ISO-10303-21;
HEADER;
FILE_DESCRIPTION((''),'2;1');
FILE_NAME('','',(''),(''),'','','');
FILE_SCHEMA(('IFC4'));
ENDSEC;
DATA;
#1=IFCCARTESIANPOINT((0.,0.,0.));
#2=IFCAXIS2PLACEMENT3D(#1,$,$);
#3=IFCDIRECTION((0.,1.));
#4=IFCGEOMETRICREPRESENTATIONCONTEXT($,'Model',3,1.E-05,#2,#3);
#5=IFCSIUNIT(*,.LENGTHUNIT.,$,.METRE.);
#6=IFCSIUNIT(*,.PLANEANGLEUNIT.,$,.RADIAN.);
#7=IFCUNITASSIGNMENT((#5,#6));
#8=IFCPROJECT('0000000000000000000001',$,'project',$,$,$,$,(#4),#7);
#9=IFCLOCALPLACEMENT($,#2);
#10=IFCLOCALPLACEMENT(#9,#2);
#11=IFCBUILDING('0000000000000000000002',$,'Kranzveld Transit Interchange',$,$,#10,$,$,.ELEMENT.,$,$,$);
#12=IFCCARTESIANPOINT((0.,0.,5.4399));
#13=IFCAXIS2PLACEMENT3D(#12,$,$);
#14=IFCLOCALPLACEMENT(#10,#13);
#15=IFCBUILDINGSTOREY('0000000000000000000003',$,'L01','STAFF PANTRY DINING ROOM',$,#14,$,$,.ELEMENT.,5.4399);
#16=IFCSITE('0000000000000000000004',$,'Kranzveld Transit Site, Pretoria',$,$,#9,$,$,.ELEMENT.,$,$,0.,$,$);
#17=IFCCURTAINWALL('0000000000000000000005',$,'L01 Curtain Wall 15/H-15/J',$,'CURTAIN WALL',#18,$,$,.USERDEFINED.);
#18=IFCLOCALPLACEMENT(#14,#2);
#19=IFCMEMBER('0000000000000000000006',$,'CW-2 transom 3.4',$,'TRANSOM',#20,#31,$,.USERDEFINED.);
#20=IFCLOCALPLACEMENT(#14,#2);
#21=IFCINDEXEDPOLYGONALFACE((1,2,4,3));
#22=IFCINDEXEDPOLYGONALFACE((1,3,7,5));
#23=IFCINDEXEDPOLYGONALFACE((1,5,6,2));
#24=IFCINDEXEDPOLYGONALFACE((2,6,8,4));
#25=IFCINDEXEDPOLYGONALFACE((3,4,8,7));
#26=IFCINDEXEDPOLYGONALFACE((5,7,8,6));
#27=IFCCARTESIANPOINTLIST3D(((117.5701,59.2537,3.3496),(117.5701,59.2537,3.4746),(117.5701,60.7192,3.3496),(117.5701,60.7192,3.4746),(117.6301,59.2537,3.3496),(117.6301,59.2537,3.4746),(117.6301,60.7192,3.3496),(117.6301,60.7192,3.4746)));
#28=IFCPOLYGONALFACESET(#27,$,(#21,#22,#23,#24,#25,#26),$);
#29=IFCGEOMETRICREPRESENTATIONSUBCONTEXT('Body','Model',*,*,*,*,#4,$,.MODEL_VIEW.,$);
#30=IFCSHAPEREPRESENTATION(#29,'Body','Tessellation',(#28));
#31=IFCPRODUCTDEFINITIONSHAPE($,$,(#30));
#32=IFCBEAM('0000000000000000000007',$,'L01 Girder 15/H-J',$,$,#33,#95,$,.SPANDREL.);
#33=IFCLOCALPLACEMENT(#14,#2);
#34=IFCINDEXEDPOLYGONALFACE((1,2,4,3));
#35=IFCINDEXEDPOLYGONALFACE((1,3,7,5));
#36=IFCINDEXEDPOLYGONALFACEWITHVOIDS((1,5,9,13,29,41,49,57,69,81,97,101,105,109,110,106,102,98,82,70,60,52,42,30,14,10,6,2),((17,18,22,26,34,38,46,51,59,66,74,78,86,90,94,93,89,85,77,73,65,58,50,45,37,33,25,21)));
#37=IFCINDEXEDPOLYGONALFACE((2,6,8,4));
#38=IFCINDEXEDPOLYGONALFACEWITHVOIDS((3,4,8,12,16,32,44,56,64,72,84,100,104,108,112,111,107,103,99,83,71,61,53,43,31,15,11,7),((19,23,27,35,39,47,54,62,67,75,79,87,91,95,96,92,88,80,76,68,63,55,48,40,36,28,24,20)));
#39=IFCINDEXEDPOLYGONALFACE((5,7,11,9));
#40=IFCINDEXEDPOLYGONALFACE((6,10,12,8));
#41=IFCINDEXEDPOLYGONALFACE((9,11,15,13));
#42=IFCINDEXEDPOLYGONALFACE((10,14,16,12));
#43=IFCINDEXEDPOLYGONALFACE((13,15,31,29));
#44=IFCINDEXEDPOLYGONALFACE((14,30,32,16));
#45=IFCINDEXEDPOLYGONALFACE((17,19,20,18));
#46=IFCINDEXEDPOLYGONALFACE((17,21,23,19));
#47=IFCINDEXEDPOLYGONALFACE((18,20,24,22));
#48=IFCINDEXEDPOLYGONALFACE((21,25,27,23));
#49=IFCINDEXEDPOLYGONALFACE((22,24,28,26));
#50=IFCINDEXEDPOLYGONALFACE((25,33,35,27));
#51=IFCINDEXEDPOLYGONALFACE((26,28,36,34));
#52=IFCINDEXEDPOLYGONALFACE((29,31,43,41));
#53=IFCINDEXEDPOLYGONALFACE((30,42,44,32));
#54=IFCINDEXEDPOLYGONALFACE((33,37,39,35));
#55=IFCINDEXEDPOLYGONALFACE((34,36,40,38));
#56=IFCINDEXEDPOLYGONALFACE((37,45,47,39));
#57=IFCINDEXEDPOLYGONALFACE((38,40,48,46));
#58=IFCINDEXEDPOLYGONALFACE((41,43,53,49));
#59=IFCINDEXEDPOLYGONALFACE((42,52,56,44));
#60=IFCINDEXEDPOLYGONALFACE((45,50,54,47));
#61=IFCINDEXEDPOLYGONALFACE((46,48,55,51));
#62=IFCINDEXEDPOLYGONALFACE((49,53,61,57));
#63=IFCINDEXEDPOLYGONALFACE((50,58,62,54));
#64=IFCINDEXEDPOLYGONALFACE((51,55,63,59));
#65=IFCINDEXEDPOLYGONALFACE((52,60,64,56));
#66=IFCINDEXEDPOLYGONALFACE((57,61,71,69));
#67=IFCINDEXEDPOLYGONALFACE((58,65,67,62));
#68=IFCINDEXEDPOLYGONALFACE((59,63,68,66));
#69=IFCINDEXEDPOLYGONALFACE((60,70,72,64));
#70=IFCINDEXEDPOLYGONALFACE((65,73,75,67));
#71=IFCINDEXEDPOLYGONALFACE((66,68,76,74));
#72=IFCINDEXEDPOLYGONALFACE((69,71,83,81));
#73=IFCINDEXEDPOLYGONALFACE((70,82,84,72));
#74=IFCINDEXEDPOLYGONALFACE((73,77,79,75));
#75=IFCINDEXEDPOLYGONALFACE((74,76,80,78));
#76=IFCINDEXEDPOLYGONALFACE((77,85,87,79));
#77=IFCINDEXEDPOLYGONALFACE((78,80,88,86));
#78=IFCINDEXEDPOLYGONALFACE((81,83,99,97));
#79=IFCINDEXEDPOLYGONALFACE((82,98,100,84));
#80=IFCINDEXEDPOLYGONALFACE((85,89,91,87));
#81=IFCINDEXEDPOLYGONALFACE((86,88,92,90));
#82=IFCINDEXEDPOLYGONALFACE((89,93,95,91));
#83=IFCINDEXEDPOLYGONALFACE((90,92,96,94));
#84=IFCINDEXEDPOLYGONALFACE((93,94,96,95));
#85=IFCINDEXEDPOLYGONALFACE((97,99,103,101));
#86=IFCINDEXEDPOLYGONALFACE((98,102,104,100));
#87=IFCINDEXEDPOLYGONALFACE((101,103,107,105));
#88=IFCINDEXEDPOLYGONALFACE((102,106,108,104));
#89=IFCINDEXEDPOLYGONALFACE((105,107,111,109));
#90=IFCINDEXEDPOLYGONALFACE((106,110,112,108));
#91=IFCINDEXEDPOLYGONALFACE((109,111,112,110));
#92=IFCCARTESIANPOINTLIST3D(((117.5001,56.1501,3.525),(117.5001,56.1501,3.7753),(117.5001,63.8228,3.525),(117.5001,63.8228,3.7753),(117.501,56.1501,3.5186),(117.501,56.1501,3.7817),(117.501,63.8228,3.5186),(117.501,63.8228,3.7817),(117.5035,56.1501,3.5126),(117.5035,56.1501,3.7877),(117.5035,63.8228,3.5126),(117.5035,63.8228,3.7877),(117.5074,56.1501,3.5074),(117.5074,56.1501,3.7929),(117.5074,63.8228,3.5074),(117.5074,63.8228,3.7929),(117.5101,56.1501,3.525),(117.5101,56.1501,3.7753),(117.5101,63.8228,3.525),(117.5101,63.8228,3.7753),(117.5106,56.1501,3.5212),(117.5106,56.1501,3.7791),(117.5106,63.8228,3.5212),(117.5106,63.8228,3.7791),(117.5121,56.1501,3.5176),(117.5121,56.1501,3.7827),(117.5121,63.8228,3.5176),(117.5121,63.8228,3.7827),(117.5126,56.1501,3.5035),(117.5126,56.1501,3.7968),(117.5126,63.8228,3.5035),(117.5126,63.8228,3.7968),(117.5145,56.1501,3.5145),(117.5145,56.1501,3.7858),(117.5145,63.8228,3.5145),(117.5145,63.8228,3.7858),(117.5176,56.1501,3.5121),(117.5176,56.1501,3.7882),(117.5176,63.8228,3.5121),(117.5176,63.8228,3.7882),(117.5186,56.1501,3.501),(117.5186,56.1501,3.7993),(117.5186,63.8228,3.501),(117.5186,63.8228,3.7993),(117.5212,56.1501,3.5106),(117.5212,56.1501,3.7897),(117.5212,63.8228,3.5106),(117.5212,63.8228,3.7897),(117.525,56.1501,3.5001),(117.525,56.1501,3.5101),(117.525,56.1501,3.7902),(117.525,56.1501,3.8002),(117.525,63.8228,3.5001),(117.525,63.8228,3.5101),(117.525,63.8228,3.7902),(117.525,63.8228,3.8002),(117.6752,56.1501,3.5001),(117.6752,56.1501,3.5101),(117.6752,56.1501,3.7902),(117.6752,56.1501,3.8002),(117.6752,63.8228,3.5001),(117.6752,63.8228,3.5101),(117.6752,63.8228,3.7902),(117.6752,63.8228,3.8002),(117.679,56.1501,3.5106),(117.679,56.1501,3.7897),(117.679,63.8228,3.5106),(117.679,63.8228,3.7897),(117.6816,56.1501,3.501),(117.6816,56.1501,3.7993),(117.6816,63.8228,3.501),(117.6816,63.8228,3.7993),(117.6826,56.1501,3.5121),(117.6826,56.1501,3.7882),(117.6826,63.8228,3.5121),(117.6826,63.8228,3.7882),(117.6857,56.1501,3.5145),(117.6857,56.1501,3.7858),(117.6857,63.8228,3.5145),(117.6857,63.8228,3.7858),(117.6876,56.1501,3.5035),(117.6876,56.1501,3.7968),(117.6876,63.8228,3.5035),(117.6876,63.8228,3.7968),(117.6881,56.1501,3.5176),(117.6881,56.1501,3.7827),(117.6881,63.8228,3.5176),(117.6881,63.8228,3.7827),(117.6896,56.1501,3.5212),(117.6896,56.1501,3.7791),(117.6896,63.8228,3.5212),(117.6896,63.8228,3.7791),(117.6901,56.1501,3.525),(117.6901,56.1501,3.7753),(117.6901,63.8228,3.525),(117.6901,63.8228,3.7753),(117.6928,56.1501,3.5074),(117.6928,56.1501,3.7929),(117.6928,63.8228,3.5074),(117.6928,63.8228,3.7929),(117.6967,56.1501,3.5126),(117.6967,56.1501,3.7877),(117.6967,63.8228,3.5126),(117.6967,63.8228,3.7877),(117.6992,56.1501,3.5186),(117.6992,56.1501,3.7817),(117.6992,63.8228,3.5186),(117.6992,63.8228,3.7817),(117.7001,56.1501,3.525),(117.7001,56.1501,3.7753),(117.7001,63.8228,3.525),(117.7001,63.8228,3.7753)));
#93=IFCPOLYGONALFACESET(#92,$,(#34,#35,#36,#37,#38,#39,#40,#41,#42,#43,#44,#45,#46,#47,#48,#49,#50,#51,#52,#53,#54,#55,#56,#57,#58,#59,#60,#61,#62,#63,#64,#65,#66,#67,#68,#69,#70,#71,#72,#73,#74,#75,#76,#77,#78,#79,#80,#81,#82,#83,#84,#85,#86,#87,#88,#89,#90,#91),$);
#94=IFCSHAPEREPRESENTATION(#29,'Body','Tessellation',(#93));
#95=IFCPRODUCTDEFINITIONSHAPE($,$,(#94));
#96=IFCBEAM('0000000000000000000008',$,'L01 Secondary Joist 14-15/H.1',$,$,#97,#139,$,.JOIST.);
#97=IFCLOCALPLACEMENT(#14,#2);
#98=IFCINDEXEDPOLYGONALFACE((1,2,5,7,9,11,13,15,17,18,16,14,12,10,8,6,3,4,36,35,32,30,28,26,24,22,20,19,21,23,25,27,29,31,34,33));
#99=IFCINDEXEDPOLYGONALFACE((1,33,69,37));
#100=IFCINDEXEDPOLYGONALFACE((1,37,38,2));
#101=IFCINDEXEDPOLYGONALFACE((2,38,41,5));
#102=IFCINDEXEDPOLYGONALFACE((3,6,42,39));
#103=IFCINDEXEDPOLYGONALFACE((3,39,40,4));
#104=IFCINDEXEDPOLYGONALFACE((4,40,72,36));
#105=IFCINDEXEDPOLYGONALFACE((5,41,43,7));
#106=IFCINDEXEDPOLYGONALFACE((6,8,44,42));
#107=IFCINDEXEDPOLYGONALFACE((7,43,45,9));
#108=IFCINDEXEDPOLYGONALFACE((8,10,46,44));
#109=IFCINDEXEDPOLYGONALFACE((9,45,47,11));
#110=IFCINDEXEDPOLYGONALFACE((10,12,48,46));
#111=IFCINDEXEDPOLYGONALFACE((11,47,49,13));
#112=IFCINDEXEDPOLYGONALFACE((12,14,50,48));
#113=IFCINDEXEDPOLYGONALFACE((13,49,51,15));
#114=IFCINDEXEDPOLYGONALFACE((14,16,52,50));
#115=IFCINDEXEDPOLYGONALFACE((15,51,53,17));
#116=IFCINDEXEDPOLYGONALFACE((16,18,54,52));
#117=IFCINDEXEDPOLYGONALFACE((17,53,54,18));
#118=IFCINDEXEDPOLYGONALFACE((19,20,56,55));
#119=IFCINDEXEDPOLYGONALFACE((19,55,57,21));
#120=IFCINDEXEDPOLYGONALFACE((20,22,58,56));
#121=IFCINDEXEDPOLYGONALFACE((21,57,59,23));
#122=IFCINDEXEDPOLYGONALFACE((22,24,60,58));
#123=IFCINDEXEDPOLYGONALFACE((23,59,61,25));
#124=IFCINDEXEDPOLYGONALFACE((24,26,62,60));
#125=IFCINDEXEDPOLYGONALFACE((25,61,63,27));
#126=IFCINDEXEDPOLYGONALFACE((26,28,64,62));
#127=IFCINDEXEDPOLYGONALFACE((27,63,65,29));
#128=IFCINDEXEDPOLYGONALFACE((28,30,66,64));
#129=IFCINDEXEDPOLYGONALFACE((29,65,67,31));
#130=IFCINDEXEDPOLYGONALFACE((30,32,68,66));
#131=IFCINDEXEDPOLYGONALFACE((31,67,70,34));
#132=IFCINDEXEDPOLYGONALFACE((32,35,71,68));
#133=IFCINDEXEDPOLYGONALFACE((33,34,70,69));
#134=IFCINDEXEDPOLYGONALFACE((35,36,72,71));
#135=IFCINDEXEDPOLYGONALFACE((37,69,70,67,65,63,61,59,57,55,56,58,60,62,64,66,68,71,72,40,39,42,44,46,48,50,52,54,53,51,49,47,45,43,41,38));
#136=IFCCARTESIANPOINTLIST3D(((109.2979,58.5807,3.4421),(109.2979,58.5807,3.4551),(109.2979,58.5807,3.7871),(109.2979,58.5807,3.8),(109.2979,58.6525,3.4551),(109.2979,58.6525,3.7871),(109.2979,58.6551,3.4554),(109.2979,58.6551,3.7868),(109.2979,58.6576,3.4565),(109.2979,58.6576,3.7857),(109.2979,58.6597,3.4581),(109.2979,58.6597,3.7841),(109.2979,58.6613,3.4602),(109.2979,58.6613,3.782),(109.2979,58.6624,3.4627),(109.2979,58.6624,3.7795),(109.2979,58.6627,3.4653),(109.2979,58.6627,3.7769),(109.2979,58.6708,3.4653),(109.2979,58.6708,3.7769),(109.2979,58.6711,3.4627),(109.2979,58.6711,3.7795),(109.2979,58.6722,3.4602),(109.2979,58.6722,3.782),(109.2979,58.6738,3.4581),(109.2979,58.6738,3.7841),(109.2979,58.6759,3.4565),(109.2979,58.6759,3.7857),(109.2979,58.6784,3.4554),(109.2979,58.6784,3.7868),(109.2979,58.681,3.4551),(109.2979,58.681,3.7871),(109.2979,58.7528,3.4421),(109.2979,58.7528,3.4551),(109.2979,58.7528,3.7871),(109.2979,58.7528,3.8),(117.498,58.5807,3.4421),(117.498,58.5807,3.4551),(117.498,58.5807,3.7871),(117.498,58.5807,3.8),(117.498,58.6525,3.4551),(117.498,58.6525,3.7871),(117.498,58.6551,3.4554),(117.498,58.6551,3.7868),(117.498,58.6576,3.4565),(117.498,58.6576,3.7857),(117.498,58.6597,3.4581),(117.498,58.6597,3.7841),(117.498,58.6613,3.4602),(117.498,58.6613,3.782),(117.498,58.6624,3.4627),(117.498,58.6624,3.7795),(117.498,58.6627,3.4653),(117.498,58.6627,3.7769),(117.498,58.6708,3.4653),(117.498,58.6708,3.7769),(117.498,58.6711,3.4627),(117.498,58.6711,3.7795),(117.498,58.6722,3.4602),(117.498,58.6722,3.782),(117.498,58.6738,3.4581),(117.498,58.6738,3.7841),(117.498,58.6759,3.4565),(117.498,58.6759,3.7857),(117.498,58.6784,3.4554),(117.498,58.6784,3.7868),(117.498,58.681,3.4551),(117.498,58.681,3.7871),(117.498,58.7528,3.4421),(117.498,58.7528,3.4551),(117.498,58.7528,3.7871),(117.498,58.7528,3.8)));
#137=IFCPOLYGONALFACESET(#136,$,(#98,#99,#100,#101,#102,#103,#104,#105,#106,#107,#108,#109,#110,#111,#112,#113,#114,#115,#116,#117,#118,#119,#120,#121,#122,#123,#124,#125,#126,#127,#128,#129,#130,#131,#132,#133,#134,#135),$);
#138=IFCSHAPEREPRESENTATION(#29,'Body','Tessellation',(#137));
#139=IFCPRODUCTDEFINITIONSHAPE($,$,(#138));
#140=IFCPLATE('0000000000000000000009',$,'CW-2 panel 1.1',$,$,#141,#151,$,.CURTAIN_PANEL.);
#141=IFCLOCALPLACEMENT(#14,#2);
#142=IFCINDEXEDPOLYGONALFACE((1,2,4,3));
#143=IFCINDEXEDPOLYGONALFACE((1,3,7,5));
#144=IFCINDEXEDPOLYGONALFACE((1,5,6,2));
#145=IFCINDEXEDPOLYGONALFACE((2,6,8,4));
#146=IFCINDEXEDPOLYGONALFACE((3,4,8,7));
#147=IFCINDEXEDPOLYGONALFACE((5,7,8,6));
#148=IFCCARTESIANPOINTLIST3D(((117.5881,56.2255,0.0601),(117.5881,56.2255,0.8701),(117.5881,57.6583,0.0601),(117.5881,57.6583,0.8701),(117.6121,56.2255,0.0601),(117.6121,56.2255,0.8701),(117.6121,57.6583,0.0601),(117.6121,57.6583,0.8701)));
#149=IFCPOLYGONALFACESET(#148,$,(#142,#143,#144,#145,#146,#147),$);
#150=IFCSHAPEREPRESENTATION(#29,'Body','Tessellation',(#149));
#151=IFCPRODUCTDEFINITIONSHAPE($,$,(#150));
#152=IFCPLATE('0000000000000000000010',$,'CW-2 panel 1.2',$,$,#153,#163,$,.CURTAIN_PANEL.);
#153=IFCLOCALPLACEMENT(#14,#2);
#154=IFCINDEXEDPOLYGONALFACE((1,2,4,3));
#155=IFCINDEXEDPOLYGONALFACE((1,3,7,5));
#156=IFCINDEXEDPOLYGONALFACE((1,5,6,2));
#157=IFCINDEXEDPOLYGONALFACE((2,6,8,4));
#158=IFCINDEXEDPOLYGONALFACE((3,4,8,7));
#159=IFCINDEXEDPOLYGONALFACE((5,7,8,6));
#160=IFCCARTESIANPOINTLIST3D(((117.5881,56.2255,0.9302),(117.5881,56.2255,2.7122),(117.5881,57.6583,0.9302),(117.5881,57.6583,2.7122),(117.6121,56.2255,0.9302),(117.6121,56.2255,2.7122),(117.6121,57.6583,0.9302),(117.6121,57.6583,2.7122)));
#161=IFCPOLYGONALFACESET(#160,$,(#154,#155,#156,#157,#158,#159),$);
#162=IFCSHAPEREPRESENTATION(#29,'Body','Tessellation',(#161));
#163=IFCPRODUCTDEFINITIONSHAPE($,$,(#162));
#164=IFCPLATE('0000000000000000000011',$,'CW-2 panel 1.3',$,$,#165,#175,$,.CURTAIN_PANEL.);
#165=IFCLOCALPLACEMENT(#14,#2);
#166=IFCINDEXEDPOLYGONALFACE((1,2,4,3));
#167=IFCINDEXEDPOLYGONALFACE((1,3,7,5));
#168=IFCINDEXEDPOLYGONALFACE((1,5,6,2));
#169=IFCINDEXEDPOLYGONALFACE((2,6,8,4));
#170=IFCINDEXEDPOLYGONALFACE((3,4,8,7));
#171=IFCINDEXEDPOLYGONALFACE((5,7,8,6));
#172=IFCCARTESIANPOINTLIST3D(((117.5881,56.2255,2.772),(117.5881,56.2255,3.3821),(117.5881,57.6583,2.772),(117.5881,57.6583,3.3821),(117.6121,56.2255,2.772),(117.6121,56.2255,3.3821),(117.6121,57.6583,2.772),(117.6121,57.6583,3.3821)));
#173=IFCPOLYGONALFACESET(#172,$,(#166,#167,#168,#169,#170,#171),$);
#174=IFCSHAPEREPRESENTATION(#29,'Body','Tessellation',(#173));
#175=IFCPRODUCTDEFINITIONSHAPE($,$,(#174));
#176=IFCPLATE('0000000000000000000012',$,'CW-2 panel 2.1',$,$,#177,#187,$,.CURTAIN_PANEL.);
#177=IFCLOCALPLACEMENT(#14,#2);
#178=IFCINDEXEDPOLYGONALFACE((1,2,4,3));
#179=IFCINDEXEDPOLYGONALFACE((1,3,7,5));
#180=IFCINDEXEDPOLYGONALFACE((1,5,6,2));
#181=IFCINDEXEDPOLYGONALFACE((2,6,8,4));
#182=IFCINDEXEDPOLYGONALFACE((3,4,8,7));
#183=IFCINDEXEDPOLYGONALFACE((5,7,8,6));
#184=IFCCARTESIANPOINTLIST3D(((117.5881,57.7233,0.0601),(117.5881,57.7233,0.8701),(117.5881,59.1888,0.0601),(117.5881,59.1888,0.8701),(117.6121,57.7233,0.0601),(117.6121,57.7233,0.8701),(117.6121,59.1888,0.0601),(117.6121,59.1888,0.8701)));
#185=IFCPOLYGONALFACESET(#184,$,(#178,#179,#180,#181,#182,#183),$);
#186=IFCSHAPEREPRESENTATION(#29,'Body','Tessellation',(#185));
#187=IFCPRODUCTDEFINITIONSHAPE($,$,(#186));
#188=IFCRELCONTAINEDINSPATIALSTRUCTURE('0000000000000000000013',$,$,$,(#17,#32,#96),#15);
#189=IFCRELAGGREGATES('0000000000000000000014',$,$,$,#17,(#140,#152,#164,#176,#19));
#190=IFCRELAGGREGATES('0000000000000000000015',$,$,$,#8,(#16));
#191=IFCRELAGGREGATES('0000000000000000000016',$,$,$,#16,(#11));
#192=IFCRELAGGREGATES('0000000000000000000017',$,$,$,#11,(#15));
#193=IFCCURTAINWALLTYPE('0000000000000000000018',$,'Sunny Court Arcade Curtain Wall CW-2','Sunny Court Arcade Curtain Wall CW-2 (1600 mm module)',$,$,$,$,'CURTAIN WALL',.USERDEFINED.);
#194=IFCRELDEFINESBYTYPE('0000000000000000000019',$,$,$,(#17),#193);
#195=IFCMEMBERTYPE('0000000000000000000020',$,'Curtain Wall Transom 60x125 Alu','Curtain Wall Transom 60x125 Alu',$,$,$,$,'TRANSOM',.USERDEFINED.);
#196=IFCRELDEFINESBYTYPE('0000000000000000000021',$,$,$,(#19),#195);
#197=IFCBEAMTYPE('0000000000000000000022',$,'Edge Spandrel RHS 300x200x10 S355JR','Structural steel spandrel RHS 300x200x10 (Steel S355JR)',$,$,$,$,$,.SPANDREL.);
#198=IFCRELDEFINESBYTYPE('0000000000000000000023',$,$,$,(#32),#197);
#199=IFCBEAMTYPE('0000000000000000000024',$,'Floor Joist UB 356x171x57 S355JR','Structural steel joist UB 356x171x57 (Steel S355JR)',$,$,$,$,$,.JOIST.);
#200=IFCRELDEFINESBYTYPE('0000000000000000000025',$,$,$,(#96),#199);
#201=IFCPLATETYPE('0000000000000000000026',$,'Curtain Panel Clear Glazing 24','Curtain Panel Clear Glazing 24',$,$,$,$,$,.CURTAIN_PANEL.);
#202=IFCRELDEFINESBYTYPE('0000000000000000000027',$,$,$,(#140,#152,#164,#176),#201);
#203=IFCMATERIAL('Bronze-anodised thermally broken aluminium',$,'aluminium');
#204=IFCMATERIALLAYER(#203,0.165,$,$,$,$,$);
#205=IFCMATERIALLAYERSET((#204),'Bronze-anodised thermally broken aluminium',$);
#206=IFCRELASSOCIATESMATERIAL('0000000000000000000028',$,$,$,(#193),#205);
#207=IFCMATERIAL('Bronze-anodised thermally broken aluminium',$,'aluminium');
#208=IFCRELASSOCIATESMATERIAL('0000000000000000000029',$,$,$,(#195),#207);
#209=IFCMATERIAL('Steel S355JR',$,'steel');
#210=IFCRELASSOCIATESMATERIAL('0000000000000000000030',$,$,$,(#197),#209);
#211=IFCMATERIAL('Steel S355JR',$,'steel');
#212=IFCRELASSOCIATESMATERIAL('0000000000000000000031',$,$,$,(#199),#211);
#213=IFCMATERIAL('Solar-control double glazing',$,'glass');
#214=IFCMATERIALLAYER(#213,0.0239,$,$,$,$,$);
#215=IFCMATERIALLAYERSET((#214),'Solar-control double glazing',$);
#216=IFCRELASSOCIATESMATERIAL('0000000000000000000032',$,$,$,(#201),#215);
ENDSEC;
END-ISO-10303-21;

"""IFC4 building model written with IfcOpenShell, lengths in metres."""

from ifc_helpers import new_model, si_unit, direction, frame, origin, origin_2d, place, context, subcontext, project, spatial, rectangle, hollow_rectangle, i_section, extrude, material, layer, layer_set, material_profile, profile_set, type_object, element, aggregate, save


model = new_model("IFC4")

# Units and contexts
model_context = context("Model", 3, precision=1e-05, world=origin(), true_north=direction((0.0, 1.0)))
body_context = subcontext(model_context, "Body", "Model", "MODEL_VIEW")
ifc_project = project(units=[si_unit("LENGTHUNIT", "METRE"), si_unit("PLANEANGLEUNIT", "RADIAN")], contexts=[model_context])

# Site, building, storey
site_placement = place(None, origin())
site = spatial("IfcSite", under=ifc_project, at=site_placement, Name="Kranzveld Transit Site, Pretoria", CompositionType="ELEMENT", RefElevation=0.0)
building_placement = place(site_placement, origin())
building = spatial("IfcBuilding", under=site, at=building_placement, Name="Kranzveld Transit Interchange", CompositionType="ELEMENT")
storey_placement = place(building_placement, frame((0.0, 0.0, 5.4399)))
storey = spatial("IfcBuildingStorey", under=building, at=storey_placement, Name="L01", Description="STAFF PANTRY DINING ROOM", CompositionType="ELEMENT", Elevation=5.4399)

# Curtain wall, member
ifc_material_1 = material(Name="Bronze-anodised thermally broken aluminium", Category="aluminium")
ifc_layer_1 = layer(ifc_material_1, 0.165)
ifc_layer_set_1 = layer_set([ifc_layer_1], Name="Bronze-anodised thermally broken aluminium")
curtain_wall_type = type_object("IfcCurtainWallType", Name="Sunny Court Arcade Curtain Wall CW-2", Description="Sunny Court Arcade Curtain Wall CW-2 (1600 mm module)", ElementType="CURTAIN WALL", PredefinedType="USERDEFINED", material=ifc_layer_set_1)
curtain_wall_placement = place(storey_placement, origin())
curtain_wall = element("IfcCurtainWall", 1, at=curtain_wall_placement, inside=storey, type_object=curtain_wall_type, Name="L01 Curtain Wall 15/H-15/J", ObjectType="CURTAIN WALL", PredefinedType="USERDEFINED")
ifc_material_2 = material(Name="Bronze-anodised thermally broken aluminium", Category="aluminium")
ifc_material_profile_1 = material_profile(ifc_material_2, rectangle(XDim=0.0601, YDim=0.125, at=origin_2d()), Name="ALU TRANSOM 60x125")
ifc_profile_set_1 = profile_set([ifc_material_profile_1], Name="Bronze-anodised thermally broken aluminium")
member_type_1 = type_object("IfcMemberType", Name="Curtain Wall Transom 60x125 Alu", Description="Curtain Wall Transom 60x125 Alu", ElementType="TRANSOM", PredefinedType="USERDEFINED", material=ifc_profile_set_1)
member_1_placement = place(storey_placement, frame((117.6001, 59.2537, 3.4121), z_axis=(0.0, 1.0, 0.0), x_axis=(-1.0, 0.0, 0.0)))
member_1 = element("IfcMember", 2, at=member_1_placement, type_object=member_type_1, Name="CW-2 transom 3.4", ObjectType="TRANSOM", PredefinedType="USERDEFINED", context=body_context, shape_type="SweptSolid", body=[
    extrude(rectangle(XDim=0.0601, YDim=0.125, at=origin_2d()), origin(), (0.0, 0.0, 1.0), 1.4656),
])

# Beams
ifc_material_3 = material(Name="Steel S355JR", Category="steel")
ifc_material_profile_2 = material_profile(ifc_material_3, hollow_rectangle(XDim=0.2, YDim=0.3, WallThickness=0.01, InnerFilletRadius=0.0149, OuterFilletRadius=0.0249, at=origin_2d()), Name="RHS 300x200x10")
ifc_profile_set_2 = profile_set([ifc_material_profile_2], Name="Steel S355JR")
beam_type_1 = type_object("IfcBeamType", Name="Edge Spandrel RHS 300x200x10 S355JR", Description="Structural steel spandrel RHS 300x200x10 (Steel S355JR)", PredefinedType="SPANDREL", material=ifc_profile_set_2)
beam_1_placement = place(storey_placement, frame((117.6001, 56.1501, 3.6501), z_axis=(0.0, 1.0, 0.0), x_axis=(-1.0, 0.0, 0.0)))
element("IfcBeam", 3, at=beam_1_placement, inside=storey, type_object=beam_type_1, Name="L01 Girder 15/H-J", PredefinedType="SPANDREL", context=body_context, shape_type="SweptSolid", body=[
    extrude(hollow_rectangle(XDim=0.2, YDim=0.3, WallThickness=0.01, InnerFilletRadius=0.0149, OuterFilletRadius=0.0249, at=origin_2d()), origin(), (0.0, 0.0, 1.0), 7.6726),
])
ifc_material_4 = material(Name="Steel S355JR", Category="steel")
ifc_material_profile_3 = material_profile(ifc_material_4, i_section(OverallWidth=0.1721, OverallDepth=0.3579, WebThickness=0.0081, FlangeThickness=0.0129, FilletRadius=0.0103, at=origin_2d()), Name="UB 356x171x57")
ifc_profile_set_3 = profile_set([ifc_material_profile_3], Name="Steel S355JR")
beam_type_2 = type_object("IfcBeamType", Name="Floor Joist UB 356x171x57 S355JR", Description="Structural steel joist UB 356x171x57 (Steel S355JR)", PredefinedType="JOIST", material=ifc_profile_set_3)
beam_2_placement = place(storey_placement, frame((109.2979, 58.6667, 3.6211), z_axis=(1.0, 0.0, 0.0), x_axis=(0.0, 1.0, 0.0)))
element("IfcBeam", 4, at=beam_2_placement, inside=storey, type_object=beam_type_2, Name="L01 Secondary Joist 14-15/H.1", PredefinedType="JOIST", context=body_context, shape_type="SweptSolid", body=[
    extrude(i_section(OverallWidth=0.1721, OverallDepth=0.3579, WebThickness=0.0081, FlangeThickness=0.0129, FilletRadius=0.0103, at=origin_2d()), origin(), (0.0, 0.0, 1.0), 8.2002),
])

# Plates
ifc_material_5 = material(Name="Solar-control double glazing", Category="glass")
ifc_layer_2 = layer(ifc_material_5, 0.0239)
ifc_layer_set_2 = layer_set([ifc_layer_2], Name="Solar-control double glazing")
plate_type = type_object("IfcPlateType", Name="Curtain Panel Clear Glazing 24", Description="Curtain Panel Clear Glazing 24", PredefinedType="CURTAIN_PANEL", material=ifc_layer_set_2)
plate_1_placement = place(storey_placement, frame((117.6001, 56.9419, 0.0601), z_axis=(0.0, 0.0, 1.0), x_axis=(0.0, 1.0, 0.0)))
plate_1 = element("IfcPlate", 5, at=plate_1_placement, type_object=plate_type, Name="CW-2 panel 1.1", PredefinedType="CURTAIN_PANEL", context=body_context, shape_type="SweptSolid", body=[
    extrude(rectangle(XDim=1.4329, YDim=0.0239, at=origin_2d()), origin(), (0.0, 0.0, 1.0), 0.8101),
])
plate_2_placement = place(storey_placement, frame((117.6001, 56.9419, 0.9302), z_axis=(0.0, 0.0, 1.0), x_axis=(0.0, 1.0, 0.0)))
plate_2 = element("IfcPlate", 6, at=plate_2_placement, type_object=plate_type, Name="CW-2 panel 1.2", PredefinedType="CURTAIN_PANEL", context=body_context, shape_type="SweptSolid", body=[
    extrude(rectangle(XDim=1.4329, YDim=0.0239, at=origin_2d()), origin(), (0.0, 0.0, 1.0), 1.782),
])
plate_3_placement = place(storey_placement, frame((117.6001, 56.9419, 2.772), z_axis=(0.0, 0.0, 1.0), x_axis=(0.0, 1.0, 0.0)))
plate_3 = element("IfcPlate", 7, at=plate_3_placement, type_object=plate_type, Name="CW-2 panel 1.3", PredefinedType="CURTAIN_PANEL", context=body_context, shape_type="SweptSolid", body=[
    extrude(rectangle(XDim=1.4329, YDim=0.0239, at=origin_2d()), origin(), (0.0, 0.0, 1.0), 0.6101),
])
plate_4_placement = place(storey_placement, frame((117.6001, 58.4561, 0.0601), z_axis=(0.0, 0.0, 1.0), x_axis=(0.0, 1.0, 0.0)))
plate_4 = element("IfcPlate", 8, at=plate_4_placement, type_object=plate_type, Name="CW-2 panel 2.1", PredefinedType="CURTAIN_PANEL", context=body_context, shape_type="SweptSolid", body=[
    extrude(rectangle(XDim=1.4656, YDim=0.0239, at=origin_2d()), origin(), (0.0, 0.0, 1.0), 0.8101),
])
aggregate(curtain_wall, [plate_1, plate_2, plate_3, plate_4, member_1])

save(model, "model.ifc")
